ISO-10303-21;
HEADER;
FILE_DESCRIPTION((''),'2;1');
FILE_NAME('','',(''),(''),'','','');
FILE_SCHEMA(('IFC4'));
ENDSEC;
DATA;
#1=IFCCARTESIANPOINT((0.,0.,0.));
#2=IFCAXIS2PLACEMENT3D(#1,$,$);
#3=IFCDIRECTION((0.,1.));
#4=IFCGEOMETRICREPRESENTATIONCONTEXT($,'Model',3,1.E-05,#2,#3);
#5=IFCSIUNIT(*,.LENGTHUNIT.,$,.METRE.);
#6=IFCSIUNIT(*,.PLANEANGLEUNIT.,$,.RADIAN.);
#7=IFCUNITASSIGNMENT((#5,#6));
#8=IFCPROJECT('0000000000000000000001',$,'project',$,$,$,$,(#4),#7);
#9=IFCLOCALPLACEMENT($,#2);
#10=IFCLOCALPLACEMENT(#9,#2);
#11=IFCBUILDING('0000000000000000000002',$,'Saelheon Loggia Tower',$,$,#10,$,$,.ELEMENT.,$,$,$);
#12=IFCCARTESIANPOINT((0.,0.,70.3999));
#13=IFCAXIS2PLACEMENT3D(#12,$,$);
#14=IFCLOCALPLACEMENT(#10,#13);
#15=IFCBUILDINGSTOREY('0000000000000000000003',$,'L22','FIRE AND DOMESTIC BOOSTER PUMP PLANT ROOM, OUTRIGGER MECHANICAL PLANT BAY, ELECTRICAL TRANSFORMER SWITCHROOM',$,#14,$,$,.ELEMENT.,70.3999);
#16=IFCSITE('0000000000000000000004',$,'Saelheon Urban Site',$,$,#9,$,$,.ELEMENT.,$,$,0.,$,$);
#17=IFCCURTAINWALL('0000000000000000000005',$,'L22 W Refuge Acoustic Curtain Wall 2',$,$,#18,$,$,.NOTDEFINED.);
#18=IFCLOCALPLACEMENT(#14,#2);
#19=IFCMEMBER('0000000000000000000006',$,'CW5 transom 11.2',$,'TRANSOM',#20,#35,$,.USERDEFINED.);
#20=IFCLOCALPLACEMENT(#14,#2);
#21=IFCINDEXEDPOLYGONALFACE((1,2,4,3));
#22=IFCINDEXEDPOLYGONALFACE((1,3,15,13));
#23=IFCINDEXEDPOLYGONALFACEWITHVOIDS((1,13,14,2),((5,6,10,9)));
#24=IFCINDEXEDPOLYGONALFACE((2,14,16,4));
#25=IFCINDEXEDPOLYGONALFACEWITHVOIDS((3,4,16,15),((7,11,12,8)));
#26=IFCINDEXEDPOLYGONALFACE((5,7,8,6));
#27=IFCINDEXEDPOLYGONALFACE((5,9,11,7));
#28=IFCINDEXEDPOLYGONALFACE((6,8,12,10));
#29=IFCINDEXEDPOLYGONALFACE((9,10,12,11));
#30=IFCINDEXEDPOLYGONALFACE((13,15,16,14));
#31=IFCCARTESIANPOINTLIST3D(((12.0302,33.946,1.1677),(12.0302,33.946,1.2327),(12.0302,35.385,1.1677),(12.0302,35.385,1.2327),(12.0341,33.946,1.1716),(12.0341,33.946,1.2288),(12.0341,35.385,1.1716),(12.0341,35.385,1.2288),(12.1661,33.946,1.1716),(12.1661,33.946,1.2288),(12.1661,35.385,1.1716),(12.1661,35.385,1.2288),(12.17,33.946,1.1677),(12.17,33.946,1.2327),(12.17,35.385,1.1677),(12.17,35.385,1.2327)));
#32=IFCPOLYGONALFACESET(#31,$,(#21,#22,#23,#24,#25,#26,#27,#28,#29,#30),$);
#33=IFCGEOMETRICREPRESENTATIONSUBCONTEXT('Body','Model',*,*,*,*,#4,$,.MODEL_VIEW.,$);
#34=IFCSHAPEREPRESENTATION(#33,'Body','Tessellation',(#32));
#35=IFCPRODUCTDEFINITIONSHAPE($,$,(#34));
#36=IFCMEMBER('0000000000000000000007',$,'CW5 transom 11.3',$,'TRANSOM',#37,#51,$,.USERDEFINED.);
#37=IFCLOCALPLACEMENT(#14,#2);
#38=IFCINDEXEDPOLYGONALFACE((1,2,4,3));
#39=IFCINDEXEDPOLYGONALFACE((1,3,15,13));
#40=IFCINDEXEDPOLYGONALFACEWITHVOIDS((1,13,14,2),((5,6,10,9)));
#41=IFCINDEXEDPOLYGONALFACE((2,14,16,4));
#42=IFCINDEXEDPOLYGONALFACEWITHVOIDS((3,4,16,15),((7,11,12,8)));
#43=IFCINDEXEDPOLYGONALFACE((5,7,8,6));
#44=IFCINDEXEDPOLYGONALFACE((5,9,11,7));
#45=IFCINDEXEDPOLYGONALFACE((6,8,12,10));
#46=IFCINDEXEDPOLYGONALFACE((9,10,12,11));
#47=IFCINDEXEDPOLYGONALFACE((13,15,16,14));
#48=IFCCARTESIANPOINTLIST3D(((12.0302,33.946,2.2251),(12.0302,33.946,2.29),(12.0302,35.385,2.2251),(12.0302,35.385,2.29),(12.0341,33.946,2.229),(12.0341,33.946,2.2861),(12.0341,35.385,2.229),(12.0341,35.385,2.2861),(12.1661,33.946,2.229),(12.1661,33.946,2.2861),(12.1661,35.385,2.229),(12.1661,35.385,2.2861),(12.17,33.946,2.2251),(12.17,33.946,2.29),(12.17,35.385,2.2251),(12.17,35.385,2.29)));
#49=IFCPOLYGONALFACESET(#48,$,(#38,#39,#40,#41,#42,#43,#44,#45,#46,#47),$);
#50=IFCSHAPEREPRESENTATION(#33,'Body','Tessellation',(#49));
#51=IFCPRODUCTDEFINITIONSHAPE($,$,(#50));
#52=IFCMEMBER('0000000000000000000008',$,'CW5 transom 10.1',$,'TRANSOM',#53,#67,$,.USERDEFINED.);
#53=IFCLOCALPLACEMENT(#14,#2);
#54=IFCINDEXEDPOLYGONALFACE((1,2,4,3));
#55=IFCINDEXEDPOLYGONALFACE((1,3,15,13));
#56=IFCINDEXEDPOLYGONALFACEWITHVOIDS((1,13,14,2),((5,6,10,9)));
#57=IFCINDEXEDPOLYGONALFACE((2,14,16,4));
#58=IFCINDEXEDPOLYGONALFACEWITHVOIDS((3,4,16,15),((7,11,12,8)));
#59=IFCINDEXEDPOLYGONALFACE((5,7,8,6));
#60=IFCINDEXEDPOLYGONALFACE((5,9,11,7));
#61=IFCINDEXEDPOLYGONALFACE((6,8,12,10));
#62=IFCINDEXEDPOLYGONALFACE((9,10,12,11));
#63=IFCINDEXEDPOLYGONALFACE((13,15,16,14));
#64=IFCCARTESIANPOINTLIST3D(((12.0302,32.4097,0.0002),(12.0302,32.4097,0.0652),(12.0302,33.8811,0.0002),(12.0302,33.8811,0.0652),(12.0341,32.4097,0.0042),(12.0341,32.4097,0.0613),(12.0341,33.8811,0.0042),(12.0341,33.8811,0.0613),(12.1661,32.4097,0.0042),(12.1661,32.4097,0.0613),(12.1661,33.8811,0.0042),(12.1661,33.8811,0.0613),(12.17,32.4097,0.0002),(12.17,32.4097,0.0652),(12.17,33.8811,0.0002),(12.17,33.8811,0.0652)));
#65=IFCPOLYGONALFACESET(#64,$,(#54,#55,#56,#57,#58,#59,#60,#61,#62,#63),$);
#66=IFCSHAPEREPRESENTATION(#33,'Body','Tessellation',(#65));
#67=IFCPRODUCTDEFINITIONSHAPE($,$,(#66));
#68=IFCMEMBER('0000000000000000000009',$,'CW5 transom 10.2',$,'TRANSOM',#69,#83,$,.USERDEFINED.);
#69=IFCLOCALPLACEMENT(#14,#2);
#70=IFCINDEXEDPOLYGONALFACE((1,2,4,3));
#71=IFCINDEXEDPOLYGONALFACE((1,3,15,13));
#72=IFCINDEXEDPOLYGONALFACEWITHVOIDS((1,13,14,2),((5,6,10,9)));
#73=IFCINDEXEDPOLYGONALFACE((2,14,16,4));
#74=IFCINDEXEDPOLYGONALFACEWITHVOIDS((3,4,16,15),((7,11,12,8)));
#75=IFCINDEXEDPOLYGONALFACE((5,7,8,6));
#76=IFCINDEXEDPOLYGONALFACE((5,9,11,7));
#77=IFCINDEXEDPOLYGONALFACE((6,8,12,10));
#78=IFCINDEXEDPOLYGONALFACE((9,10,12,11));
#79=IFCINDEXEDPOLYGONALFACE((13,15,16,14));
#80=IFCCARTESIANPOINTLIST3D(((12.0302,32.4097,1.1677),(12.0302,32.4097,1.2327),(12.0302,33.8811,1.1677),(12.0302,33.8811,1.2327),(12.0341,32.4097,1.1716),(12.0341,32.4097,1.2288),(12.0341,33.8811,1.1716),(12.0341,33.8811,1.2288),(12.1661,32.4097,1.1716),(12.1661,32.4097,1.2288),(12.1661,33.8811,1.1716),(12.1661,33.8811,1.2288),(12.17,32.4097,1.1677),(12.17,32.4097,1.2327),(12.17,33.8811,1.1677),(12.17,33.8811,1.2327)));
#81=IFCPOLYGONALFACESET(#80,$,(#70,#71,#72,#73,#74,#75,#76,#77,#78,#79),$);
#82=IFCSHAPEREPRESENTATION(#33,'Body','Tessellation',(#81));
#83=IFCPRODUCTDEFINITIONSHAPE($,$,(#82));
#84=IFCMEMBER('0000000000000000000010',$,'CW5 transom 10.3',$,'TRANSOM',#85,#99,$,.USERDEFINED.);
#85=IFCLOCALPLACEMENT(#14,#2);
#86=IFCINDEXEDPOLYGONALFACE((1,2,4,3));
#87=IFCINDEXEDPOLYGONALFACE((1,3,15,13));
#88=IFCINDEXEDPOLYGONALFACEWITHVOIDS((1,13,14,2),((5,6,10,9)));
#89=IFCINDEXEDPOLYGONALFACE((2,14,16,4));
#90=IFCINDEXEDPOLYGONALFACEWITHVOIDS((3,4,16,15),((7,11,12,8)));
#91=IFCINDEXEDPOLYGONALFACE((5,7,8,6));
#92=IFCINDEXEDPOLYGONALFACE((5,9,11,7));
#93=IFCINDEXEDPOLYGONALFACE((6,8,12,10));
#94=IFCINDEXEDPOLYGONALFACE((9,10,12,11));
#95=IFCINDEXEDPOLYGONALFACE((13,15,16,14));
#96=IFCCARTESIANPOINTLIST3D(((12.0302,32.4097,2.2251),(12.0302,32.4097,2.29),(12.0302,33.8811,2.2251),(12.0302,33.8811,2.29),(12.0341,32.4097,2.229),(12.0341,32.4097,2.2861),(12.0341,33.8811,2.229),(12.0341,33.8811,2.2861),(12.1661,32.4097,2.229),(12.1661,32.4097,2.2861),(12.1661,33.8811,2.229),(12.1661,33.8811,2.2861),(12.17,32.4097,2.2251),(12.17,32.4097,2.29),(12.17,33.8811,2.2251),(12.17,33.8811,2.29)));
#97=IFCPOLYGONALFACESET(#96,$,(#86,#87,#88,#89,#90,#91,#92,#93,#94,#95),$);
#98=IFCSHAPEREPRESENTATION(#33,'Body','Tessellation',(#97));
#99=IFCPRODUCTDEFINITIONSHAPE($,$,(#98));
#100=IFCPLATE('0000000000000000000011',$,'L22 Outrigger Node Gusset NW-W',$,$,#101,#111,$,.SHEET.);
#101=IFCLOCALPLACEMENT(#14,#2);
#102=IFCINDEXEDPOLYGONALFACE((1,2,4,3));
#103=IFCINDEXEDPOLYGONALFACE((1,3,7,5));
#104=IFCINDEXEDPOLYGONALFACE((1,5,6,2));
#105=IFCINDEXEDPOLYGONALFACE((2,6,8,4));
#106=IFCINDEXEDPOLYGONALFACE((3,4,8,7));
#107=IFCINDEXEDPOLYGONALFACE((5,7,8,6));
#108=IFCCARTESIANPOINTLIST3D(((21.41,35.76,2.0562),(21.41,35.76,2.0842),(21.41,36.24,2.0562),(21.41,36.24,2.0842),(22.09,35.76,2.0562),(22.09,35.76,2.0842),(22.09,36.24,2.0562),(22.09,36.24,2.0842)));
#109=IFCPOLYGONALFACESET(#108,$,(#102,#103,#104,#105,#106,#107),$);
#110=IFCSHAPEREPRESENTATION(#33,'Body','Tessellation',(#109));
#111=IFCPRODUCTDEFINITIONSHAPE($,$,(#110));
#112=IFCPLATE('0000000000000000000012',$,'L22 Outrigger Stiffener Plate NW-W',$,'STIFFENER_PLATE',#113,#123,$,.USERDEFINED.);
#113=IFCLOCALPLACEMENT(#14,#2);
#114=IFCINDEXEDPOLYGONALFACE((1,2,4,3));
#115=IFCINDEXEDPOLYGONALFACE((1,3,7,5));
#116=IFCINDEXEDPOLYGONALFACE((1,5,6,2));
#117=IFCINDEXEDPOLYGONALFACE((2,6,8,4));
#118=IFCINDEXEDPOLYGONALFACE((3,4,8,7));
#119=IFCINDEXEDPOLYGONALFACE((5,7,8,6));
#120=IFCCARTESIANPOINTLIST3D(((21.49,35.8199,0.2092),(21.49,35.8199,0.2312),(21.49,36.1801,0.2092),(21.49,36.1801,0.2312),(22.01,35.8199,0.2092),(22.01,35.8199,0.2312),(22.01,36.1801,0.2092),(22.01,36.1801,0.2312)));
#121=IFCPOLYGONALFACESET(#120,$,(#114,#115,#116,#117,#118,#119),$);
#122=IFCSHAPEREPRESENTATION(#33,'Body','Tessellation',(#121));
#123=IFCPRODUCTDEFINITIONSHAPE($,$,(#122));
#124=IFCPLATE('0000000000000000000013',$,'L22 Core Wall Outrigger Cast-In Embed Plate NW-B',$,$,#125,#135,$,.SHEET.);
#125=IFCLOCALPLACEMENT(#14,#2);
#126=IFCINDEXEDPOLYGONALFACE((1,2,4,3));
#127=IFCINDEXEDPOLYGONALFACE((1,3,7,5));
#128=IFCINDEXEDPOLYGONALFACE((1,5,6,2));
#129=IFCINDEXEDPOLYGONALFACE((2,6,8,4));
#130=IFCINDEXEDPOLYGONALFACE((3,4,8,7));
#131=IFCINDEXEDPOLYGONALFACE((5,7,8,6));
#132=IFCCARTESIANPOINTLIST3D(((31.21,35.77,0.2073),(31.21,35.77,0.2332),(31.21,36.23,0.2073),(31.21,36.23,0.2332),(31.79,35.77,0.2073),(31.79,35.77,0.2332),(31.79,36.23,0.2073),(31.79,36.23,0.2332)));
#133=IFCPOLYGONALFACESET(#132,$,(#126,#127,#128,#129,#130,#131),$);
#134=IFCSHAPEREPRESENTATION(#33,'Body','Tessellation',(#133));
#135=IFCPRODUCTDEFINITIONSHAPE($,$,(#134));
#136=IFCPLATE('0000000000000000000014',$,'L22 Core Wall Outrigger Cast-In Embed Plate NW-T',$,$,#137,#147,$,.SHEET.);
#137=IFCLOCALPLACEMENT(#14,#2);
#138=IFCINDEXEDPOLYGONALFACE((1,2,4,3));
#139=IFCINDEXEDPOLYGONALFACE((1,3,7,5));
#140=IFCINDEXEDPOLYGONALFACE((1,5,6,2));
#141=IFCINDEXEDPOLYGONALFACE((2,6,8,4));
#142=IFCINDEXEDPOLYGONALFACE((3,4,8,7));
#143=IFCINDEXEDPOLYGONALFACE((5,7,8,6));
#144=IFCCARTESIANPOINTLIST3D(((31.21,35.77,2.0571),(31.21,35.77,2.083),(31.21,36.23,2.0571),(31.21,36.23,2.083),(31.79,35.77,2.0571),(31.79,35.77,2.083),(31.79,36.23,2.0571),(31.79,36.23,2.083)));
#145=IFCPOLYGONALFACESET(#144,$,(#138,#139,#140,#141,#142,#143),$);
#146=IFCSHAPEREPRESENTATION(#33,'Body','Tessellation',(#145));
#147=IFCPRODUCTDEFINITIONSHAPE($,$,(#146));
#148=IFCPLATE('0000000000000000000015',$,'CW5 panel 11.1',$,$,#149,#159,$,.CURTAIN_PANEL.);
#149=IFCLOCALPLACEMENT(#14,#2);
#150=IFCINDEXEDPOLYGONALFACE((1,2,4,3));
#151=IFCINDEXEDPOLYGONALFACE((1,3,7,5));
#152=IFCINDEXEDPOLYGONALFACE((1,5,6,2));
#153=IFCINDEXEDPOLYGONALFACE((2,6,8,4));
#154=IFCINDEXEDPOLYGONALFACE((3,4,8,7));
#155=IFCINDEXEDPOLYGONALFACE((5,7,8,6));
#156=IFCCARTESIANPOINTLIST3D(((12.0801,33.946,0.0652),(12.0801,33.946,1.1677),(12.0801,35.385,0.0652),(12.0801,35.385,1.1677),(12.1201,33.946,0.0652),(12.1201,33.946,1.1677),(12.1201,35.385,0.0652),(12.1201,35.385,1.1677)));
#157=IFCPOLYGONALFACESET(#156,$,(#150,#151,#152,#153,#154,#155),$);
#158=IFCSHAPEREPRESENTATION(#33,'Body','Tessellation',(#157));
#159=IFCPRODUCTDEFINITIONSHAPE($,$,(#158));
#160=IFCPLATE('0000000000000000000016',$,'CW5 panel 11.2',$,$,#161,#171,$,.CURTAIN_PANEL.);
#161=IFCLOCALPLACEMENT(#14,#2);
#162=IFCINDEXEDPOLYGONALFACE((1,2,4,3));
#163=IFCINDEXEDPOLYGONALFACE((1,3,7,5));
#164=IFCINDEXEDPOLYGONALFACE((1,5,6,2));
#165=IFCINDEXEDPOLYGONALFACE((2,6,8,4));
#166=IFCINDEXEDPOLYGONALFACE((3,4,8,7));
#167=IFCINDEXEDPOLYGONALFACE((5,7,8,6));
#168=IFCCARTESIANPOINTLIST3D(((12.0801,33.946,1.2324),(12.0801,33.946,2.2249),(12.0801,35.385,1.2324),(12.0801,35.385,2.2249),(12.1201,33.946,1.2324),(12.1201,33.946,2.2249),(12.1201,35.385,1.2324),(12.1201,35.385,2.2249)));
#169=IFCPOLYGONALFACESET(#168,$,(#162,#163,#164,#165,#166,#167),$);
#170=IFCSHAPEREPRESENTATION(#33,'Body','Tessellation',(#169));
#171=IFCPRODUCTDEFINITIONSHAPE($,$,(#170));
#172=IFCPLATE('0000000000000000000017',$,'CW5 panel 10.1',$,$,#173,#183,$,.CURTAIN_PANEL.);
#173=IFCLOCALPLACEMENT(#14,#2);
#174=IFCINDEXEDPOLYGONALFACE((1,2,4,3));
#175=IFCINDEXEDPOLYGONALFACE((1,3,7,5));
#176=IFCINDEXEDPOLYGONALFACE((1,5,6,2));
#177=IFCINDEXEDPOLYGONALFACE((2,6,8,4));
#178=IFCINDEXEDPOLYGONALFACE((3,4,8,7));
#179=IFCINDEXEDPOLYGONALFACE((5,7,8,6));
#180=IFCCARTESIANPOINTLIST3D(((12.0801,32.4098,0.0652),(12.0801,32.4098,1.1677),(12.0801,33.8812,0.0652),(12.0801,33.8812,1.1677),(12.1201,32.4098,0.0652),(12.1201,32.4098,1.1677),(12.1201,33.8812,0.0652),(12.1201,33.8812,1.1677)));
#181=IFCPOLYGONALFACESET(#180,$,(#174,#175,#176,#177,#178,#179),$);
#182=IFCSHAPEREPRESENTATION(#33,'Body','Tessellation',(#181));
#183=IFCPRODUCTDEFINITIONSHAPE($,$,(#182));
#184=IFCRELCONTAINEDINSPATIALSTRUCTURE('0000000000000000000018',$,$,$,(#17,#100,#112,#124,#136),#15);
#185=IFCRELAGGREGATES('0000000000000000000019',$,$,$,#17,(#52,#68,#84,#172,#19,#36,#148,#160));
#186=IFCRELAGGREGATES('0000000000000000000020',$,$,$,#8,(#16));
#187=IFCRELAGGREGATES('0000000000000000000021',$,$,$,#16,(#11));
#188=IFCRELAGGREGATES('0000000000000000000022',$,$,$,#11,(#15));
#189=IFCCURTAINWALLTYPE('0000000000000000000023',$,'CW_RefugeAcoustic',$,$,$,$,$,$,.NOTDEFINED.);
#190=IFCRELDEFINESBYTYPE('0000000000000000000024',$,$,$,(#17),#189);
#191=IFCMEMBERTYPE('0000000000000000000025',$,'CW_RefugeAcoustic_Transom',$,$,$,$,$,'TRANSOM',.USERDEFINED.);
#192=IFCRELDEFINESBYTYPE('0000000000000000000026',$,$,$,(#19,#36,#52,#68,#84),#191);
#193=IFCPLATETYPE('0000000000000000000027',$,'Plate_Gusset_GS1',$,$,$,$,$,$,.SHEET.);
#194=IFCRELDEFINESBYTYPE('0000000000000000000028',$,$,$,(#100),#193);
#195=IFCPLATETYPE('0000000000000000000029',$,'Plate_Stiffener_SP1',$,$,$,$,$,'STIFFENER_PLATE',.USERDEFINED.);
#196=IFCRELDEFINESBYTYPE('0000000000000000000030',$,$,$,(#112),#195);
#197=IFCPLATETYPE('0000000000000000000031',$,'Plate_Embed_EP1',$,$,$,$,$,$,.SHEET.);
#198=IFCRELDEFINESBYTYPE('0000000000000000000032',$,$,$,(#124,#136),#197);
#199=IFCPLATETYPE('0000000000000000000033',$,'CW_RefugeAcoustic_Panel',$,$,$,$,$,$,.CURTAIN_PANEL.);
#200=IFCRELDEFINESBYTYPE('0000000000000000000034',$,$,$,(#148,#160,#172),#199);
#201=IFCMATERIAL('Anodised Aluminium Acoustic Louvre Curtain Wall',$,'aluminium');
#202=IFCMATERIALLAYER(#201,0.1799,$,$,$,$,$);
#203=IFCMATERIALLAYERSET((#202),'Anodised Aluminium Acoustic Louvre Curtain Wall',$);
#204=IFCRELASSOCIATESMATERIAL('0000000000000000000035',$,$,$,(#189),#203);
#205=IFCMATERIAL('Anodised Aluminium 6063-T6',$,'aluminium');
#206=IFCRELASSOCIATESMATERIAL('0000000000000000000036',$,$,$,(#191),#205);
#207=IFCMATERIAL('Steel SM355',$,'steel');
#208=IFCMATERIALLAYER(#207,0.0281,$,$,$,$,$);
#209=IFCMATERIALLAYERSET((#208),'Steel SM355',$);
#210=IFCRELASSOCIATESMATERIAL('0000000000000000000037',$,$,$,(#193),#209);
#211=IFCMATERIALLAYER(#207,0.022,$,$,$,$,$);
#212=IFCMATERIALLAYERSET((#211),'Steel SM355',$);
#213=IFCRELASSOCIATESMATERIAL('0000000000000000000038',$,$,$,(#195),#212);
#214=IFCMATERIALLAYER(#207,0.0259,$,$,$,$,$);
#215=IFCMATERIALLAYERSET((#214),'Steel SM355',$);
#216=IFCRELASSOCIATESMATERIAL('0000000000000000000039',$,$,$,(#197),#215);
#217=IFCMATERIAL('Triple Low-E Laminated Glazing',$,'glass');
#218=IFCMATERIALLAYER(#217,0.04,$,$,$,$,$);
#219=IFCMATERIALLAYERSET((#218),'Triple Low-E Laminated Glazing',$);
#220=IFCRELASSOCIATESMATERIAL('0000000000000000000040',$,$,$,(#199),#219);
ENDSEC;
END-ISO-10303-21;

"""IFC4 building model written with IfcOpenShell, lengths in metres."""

from ifc_helpers import new_model, si_unit, direction, frame, origin, origin_2d, place, context, subcontext, project, spatial, rectangle, hollow_rectangle, extrude, source, transform, mapped, material, layer, layer_set, material_profile, profile_set, type_object, element, aggregate, save


model = new_model("IFC4")

# Units and contexts
model_context = context("Model", 3, precision=1e-05, world=origin(), true_north=direction((0.0, 1.0)))
body_context = subcontext(model_context, "Body", "Model", "MODEL_VIEW")
ifc_project = project(units=[si_unit("LENGTHUNIT", "METRE"), si_unit("PLANEANGLEUNIT", "RADIAN")], contexts=[model_context])

# Site, building, storey
site_placement = place(None, origin())
site = spatial("IfcSite", under=ifc_project, at=site_placement, Name="Saelheon Urban Site", CompositionType="ELEMENT", RefElevation=0.0)
building_placement = place(site_placement, origin())
building = spatial("IfcBuilding", under=site, at=building_placement, Name="Saelheon Loggia Tower", CompositionType="ELEMENT")
storey_placement = place(building_placement, frame((0.0, 0.0, 70.3999)))
storey = spatial("IfcBuildingStorey", under=building, at=storey_placement, Name="L22", Description="FIRE AND DOMESTIC BOOSTER PUMP PLANT ROOM, OUTRIGGER MECHANICAL PLANT BAY, ELECTRICAL TRANSFORMER SWITCHROOM", CompositionType="ELEMENT", Elevation=70.3999)

# Shared definitions
ifc_material_1 = material(Name="Steel SM355", Category="steel")

# Curtain wall, members
ifc_material_2 = material(Name="Anodised Aluminium Acoustic Louvre Curtain Wall", Category="aluminium")
ifc_layer_1 = layer(ifc_material_2, 0.1799)
ifc_layer_set_1 = layer_set([ifc_layer_1], Name="Anodised Aluminium Acoustic Louvre Curtain Wall")
curtain_wall_type = type_object("IfcCurtainWallType", Name="CW_RefugeAcoustic", PredefinedType="NOTDEFINED", material=ifc_layer_set_1)
curtain_wall_placement = place(storey_placement, origin())
curtain_wall = element("IfcCurtainWall", 1, at=curtain_wall_placement, inside=storey, type_object=curtain_wall_type, Name="L22 W Refuge Acoustic Curtain Wall 2", PredefinedType="NOTDEFINED")
ifc_material_3 = material(Name="Anodised Aluminium 6063-T6", Category="aluminium")
ifc_material_profile_1 = material_profile(ifc_material_3, hollow_rectangle(XDim=0.0649, YDim=0.1399, WallThickness=0.0039, at=origin_2d()), Name="RHS-140x65x4")
ifc_profile_set_1 = profile_set([ifc_material_profile_1], Name="Anodised Aluminium 6063-T6")
member_type_1 = type_object("IfcMemberType", Name="CW_RefugeAcoustic_Transom", ElementType="TRANSOM", PredefinedType="USERDEFINED", material=ifc_profile_set_1)
shared_shape_1 = source(origin(), body_context, "Body", "SweptSolid", [
    extrude(hollow_rectangle(XDim=0.0649, YDim=0.1399, WallThickness=0.0039, at=origin_2d()), origin(), (0.0, 0.0, 1.0), 1.439),
])
member_1_placement = place(storey_placement, frame((12.1001, 33.946, 1.2002), z_axis=(0.0, 1.0, 0.0), x_axis=(0.0, 0.0, 1.0)))
member_1 = element("IfcMember", 2, at=member_1_placement, type_object=member_type_1, Name="CW5 transom 11.2", ObjectType="TRANSOM", PredefinedType="USERDEFINED", context=body_context, shape_type="MappedRepresentation", body=[
    mapped(shared_shape_1, transform((0.0, 0.0, 0.0), scale=1.0)),
])
member_2_placement = place(storey_placement, frame((12.1001, 33.946, 2.2576), z_axis=(0.0, 1.0, 0.0), x_axis=(0.0, 0.0, 1.0)))
member_2 = element("IfcMember", 3, at=member_2_placement, type_object=member_type_1, Name="CW5 transom 11.3", ObjectType="TRANSOM", PredefinedType="USERDEFINED", context=body_context, shape_type="MappedRepresentation", body=[
    mapped(shared_shape_1, transform((0.0, 0.0, 0.0), scale=1.0)),
])
shared_shape_2 = source(origin(), body_context, "Body", "SweptSolid", [
    extrude(hollow_rectangle(XDim=0.0649, YDim=0.1399, WallThickness=0.0039, at=origin_2d()), origin(), (0.0, 0.0, 1.0), 1.4714),
])
member_3_placement = place(storey_placement, frame((12.1001, 32.4097, 0.0327), z_axis=(0.0, 1.0, 0.0), x_axis=(0.0, 0.0, 1.0)))
member_3 = element("IfcMember", 4, at=member_3_placement, type_object=member_type_1, Name="CW5 transom 10.1", ObjectType="TRANSOM", PredefinedType="USERDEFINED", context=body_context, shape_type="MappedRepresentation", body=[
    mapped(shared_shape_2, transform((0.0, 0.0, 0.0), scale=1.0)),
])
member_4_placement = place(storey_placement, frame((12.1001, 32.4097, 1.2002), z_axis=(0.0, 1.0, 0.0), x_axis=(0.0, 0.0, 1.0)))
member_4 = element("IfcMember", 5, at=member_4_placement, type_object=member_type_1, Name="CW5 transom 10.2", ObjectType="TRANSOM", PredefinedType="USERDEFINED", context=body_context, shape_type="MappedRepresentation", body=[
    mapped(shared_shape_2, transform((0.0, 0.0, 0.0), scale=1.0)),
])
member_5_placement = place(storey_placement, frame((12.1001, 32.4097, 2.2576), z_axis=(0.0, 1.0, 0.0), x_axis=(0.0, 0.0, 1.0)))
member_5 = element("IfcMember", 6, at=member_5_placement, type_object=member_type_1, Name="CW5 transom 10.3", ObjectType="TRANSOM", PredefinedType="USERDEFINED", context=body_context, shape_type="MappedRepresentation", body=[
    mapped(shared_shape_2, transform((0.0, 0.0, 0.0), scale=1.0)),
])

# Plates
ifc_layer_2 = layer(ifc_material_1, 0.0281)
ifc_layer_set_2 = layer_set([ifc_layer_2], Name="Steel SM355")
plate_type_1 = type_object("IfcPlateType", Name="Plate_Gusset_GS1", PredefinedType="SHEET", material=ifc_layer_set_2)
shared_shape_3 = source(origin(), body_context, "Body", "SweptSolid", [
    extrude(rectangle(XDim=0.6799, YDim=0.48, at=origin_2d()), origin(), (0.0, 0.0, 1.0), 0.0281),
])
plate_1_placement = place(storey_placement, frame((21.75, 36.0, 2.0562), z_axis=(0.0, 0.0, 1.0), x_axis=(1.0, 0.0, 0.0)))
element("IfcPlate", 7, at=plate_1_placement, inside=storey, type_object=plate_type_1, Name="L22 Outrigger Node Gusset NW-W", PredefinedType="SHEET", context=body_context, shape_type="MappedRepresentation", body=[
    mapped(shared_shape_3, transform((0.0, 0.0, 0.0), scale=1.0)),
])
ifc_layer_3 = layer(ifc_material_1, 0.022)
ifc_layer_set_3 = layer_set([ifc_layer_3], Name="Steel SM355")
plate_type_2 = type_object("IfcPlateType", Name="Plate_Stiffener_SP1", ElementType="STIFFENER_PLATE", PredefinedType="USERDEFINED", material=ifc_layer_set_3)
shared_shape_4 = source(origin(), body_context, "Body", "SweptSolid", [
    extrude(rectangle(XDim=0.52, YDim=0.3601, at=origin_2d()), origin(), (0.0, 0.0, 1.0), 0.022),
])
plate_2_placement = place(storey_placement, frame((21.75, 36.0, 0.2092), z_axis=(0.0, 0.0, 1.0), x_axis=(1.0, 0.0, 0.0)))
element("IfcPlate", 8, at=plate_2_placement, inside=storey, type_object=plate_type_2, Name="L22 Outrigger Stiffener Plate NW-W", ObjectType="STIFFENER_PLATE", PredefinedType="USERDEFINED", context=body_context, shape_type="MappedRepresentation", body=[
    mapped(shared_shape_4, transform((0.0, 0.0, 0.0), scale=1.0)),
])
ifc_layer_4 = layer(ifc_material_1, 0.0259)
ifc_layer_set_4 = layer_set([ifc_layer_4], Name="Steel SM355")
plate_type_3 = type_object("IfcPlateType", Name="Plate_Embed_EP1", PredefinedType="SHEET", material=ifc_layer_set_4)
shared_shape_5 = source(origin(), body_context, "Body", "SweptSolid", [
    extrude(rectangle(XDim=0.5801, YDim=0.46, at=origin_2d()), origin(), (0.0, 0.0, 1.0), 0.0259),
])
for number, where, z_axis, x_axis, name in (
    (9, (31.5, 36.0, 0.2073), (0.0, 0.0, 1.0), (1.0, 0.0, 0.0), "L22 Core Wall Outrigger Cast-In Embed Plate NW-B"),
    (10, (31.5, 36.0, 2.0571), (0.0, 0.0, 1.0), (1.0, 0.0, 0.0), "L22 Core Wall Outrigger Cast-In Embed Plate NW-T"),
):
    element("IfcPlate", number, at=place(storey_placement, frame(where, z_axis=z_axis, x_axis=x_axis)), inside=storey, type_object=plate_type_3, Name=name, PredefinedType="SHEET", context=body_context, shape_type="MappedRepresentation", body=[
        mapped(shared_shape_5, transform((0.0, 0.0, 0.0), scale=1.0)),
    ])

# Plates
ifc_material_4 = material(Name="Triple Low-E Laminated Glazing", Category="glass")
ifc_layer_5 = layer(ifc_material_4, 0.04)
ifc_layer_set_5 = layer_set([ifc_layer_5], Name="Triple Low-E Laminated Glazing")
plate_type_4 = type_object("IfcPlateType", Name="CW_RefugeAcoustic_Panel", PredefinedType="CURTAIN_PANEL", material=ifc_layer_set_5)
shared_shape_6 = source(origin(), body_context, "Body", "SweptSolid", [
    extrude(rectangle(XDim=1.439, YDim=0.04, at=origin_2d()), origin(), (0.0, 0.0, 1.0), 1.1025),
])
plate_3_placement = place(storey_placement, frame((12.1001, 34.6655, 0.0652), z_axis=(0.0, 0.0, 1.0), x_axis=(0.0, 1.0, 0.0)))
plate_3 = element("IfcPlate", 11, at=plate_3_placement, type_object=plate_type_4, Name="CW5 panel 11.1", PredefinedType="CURTAIN_PANEL", context=body_context, shape_type="MappedRepresentation", body=[
    mapped(shared_shape_6, transform((0.0, 0.0, 0.0), scale=1.0)),
])
shared_shape_7 = source(origin(), body_context, "Body", "SweptSolid", [
    extrude(rectangle(XDim=1.439, YDim=0.04, at=origin_2d()), origin(), (0.0, 0.0, 1.0), 0.9924),
])
plate_4_placement = place(storey_placement, frame((12.1001, 34.6655, 1.2324), z_axis=(0.0, 0.0, 1.0), x_axis=(0.0, 1.0, 0.0)))
plate_4 = element("IfcPlate", 12, at=plate_4_placement, type_object=plate_type_4, Name="CW5 panel 11.2", PredefinedType="CURTAIN_PANEL", context=body_context, shape_type="MappedRepresentation", body=[
    mapped(shared_shape_7, transform((0.0, 0.0, 0.0), scale=1.0)),
])
shared_shape_8 = source(origin(), body_context, "Body", "SweptSolid", [
    extrude(rectangle(XDim=1.4714, YDim=0.04, at=origin_2d()), origin(), (0.0, 0.0, 1.0), 1.1025),
])
plate_5_placement = place(storey_placement, frame((12.1001, 33.1455, 0.0652), z_axis=(0.0, 0.0, 1.0), x_axis=(0.0, 1.0, 0.0)))
plate_5 = element("IfcPlate", 13, at=plate_5_placement, type_object=plate_type_4, Name="CW5 panel 10.1", PredefinedType="CURTAIN_PANEL", context=body_context, shape_type="MappedRepresentation", body=[
    mapped(shared_shape_8, transform((0.0, 0.0, 0.0), scale=1.0)),
])
aggregate(curtain_wall, [member_3, member_4, member_5, plate_5, member_1, member_2, plate_3, plate_4])

save(model, "model.ifc")
